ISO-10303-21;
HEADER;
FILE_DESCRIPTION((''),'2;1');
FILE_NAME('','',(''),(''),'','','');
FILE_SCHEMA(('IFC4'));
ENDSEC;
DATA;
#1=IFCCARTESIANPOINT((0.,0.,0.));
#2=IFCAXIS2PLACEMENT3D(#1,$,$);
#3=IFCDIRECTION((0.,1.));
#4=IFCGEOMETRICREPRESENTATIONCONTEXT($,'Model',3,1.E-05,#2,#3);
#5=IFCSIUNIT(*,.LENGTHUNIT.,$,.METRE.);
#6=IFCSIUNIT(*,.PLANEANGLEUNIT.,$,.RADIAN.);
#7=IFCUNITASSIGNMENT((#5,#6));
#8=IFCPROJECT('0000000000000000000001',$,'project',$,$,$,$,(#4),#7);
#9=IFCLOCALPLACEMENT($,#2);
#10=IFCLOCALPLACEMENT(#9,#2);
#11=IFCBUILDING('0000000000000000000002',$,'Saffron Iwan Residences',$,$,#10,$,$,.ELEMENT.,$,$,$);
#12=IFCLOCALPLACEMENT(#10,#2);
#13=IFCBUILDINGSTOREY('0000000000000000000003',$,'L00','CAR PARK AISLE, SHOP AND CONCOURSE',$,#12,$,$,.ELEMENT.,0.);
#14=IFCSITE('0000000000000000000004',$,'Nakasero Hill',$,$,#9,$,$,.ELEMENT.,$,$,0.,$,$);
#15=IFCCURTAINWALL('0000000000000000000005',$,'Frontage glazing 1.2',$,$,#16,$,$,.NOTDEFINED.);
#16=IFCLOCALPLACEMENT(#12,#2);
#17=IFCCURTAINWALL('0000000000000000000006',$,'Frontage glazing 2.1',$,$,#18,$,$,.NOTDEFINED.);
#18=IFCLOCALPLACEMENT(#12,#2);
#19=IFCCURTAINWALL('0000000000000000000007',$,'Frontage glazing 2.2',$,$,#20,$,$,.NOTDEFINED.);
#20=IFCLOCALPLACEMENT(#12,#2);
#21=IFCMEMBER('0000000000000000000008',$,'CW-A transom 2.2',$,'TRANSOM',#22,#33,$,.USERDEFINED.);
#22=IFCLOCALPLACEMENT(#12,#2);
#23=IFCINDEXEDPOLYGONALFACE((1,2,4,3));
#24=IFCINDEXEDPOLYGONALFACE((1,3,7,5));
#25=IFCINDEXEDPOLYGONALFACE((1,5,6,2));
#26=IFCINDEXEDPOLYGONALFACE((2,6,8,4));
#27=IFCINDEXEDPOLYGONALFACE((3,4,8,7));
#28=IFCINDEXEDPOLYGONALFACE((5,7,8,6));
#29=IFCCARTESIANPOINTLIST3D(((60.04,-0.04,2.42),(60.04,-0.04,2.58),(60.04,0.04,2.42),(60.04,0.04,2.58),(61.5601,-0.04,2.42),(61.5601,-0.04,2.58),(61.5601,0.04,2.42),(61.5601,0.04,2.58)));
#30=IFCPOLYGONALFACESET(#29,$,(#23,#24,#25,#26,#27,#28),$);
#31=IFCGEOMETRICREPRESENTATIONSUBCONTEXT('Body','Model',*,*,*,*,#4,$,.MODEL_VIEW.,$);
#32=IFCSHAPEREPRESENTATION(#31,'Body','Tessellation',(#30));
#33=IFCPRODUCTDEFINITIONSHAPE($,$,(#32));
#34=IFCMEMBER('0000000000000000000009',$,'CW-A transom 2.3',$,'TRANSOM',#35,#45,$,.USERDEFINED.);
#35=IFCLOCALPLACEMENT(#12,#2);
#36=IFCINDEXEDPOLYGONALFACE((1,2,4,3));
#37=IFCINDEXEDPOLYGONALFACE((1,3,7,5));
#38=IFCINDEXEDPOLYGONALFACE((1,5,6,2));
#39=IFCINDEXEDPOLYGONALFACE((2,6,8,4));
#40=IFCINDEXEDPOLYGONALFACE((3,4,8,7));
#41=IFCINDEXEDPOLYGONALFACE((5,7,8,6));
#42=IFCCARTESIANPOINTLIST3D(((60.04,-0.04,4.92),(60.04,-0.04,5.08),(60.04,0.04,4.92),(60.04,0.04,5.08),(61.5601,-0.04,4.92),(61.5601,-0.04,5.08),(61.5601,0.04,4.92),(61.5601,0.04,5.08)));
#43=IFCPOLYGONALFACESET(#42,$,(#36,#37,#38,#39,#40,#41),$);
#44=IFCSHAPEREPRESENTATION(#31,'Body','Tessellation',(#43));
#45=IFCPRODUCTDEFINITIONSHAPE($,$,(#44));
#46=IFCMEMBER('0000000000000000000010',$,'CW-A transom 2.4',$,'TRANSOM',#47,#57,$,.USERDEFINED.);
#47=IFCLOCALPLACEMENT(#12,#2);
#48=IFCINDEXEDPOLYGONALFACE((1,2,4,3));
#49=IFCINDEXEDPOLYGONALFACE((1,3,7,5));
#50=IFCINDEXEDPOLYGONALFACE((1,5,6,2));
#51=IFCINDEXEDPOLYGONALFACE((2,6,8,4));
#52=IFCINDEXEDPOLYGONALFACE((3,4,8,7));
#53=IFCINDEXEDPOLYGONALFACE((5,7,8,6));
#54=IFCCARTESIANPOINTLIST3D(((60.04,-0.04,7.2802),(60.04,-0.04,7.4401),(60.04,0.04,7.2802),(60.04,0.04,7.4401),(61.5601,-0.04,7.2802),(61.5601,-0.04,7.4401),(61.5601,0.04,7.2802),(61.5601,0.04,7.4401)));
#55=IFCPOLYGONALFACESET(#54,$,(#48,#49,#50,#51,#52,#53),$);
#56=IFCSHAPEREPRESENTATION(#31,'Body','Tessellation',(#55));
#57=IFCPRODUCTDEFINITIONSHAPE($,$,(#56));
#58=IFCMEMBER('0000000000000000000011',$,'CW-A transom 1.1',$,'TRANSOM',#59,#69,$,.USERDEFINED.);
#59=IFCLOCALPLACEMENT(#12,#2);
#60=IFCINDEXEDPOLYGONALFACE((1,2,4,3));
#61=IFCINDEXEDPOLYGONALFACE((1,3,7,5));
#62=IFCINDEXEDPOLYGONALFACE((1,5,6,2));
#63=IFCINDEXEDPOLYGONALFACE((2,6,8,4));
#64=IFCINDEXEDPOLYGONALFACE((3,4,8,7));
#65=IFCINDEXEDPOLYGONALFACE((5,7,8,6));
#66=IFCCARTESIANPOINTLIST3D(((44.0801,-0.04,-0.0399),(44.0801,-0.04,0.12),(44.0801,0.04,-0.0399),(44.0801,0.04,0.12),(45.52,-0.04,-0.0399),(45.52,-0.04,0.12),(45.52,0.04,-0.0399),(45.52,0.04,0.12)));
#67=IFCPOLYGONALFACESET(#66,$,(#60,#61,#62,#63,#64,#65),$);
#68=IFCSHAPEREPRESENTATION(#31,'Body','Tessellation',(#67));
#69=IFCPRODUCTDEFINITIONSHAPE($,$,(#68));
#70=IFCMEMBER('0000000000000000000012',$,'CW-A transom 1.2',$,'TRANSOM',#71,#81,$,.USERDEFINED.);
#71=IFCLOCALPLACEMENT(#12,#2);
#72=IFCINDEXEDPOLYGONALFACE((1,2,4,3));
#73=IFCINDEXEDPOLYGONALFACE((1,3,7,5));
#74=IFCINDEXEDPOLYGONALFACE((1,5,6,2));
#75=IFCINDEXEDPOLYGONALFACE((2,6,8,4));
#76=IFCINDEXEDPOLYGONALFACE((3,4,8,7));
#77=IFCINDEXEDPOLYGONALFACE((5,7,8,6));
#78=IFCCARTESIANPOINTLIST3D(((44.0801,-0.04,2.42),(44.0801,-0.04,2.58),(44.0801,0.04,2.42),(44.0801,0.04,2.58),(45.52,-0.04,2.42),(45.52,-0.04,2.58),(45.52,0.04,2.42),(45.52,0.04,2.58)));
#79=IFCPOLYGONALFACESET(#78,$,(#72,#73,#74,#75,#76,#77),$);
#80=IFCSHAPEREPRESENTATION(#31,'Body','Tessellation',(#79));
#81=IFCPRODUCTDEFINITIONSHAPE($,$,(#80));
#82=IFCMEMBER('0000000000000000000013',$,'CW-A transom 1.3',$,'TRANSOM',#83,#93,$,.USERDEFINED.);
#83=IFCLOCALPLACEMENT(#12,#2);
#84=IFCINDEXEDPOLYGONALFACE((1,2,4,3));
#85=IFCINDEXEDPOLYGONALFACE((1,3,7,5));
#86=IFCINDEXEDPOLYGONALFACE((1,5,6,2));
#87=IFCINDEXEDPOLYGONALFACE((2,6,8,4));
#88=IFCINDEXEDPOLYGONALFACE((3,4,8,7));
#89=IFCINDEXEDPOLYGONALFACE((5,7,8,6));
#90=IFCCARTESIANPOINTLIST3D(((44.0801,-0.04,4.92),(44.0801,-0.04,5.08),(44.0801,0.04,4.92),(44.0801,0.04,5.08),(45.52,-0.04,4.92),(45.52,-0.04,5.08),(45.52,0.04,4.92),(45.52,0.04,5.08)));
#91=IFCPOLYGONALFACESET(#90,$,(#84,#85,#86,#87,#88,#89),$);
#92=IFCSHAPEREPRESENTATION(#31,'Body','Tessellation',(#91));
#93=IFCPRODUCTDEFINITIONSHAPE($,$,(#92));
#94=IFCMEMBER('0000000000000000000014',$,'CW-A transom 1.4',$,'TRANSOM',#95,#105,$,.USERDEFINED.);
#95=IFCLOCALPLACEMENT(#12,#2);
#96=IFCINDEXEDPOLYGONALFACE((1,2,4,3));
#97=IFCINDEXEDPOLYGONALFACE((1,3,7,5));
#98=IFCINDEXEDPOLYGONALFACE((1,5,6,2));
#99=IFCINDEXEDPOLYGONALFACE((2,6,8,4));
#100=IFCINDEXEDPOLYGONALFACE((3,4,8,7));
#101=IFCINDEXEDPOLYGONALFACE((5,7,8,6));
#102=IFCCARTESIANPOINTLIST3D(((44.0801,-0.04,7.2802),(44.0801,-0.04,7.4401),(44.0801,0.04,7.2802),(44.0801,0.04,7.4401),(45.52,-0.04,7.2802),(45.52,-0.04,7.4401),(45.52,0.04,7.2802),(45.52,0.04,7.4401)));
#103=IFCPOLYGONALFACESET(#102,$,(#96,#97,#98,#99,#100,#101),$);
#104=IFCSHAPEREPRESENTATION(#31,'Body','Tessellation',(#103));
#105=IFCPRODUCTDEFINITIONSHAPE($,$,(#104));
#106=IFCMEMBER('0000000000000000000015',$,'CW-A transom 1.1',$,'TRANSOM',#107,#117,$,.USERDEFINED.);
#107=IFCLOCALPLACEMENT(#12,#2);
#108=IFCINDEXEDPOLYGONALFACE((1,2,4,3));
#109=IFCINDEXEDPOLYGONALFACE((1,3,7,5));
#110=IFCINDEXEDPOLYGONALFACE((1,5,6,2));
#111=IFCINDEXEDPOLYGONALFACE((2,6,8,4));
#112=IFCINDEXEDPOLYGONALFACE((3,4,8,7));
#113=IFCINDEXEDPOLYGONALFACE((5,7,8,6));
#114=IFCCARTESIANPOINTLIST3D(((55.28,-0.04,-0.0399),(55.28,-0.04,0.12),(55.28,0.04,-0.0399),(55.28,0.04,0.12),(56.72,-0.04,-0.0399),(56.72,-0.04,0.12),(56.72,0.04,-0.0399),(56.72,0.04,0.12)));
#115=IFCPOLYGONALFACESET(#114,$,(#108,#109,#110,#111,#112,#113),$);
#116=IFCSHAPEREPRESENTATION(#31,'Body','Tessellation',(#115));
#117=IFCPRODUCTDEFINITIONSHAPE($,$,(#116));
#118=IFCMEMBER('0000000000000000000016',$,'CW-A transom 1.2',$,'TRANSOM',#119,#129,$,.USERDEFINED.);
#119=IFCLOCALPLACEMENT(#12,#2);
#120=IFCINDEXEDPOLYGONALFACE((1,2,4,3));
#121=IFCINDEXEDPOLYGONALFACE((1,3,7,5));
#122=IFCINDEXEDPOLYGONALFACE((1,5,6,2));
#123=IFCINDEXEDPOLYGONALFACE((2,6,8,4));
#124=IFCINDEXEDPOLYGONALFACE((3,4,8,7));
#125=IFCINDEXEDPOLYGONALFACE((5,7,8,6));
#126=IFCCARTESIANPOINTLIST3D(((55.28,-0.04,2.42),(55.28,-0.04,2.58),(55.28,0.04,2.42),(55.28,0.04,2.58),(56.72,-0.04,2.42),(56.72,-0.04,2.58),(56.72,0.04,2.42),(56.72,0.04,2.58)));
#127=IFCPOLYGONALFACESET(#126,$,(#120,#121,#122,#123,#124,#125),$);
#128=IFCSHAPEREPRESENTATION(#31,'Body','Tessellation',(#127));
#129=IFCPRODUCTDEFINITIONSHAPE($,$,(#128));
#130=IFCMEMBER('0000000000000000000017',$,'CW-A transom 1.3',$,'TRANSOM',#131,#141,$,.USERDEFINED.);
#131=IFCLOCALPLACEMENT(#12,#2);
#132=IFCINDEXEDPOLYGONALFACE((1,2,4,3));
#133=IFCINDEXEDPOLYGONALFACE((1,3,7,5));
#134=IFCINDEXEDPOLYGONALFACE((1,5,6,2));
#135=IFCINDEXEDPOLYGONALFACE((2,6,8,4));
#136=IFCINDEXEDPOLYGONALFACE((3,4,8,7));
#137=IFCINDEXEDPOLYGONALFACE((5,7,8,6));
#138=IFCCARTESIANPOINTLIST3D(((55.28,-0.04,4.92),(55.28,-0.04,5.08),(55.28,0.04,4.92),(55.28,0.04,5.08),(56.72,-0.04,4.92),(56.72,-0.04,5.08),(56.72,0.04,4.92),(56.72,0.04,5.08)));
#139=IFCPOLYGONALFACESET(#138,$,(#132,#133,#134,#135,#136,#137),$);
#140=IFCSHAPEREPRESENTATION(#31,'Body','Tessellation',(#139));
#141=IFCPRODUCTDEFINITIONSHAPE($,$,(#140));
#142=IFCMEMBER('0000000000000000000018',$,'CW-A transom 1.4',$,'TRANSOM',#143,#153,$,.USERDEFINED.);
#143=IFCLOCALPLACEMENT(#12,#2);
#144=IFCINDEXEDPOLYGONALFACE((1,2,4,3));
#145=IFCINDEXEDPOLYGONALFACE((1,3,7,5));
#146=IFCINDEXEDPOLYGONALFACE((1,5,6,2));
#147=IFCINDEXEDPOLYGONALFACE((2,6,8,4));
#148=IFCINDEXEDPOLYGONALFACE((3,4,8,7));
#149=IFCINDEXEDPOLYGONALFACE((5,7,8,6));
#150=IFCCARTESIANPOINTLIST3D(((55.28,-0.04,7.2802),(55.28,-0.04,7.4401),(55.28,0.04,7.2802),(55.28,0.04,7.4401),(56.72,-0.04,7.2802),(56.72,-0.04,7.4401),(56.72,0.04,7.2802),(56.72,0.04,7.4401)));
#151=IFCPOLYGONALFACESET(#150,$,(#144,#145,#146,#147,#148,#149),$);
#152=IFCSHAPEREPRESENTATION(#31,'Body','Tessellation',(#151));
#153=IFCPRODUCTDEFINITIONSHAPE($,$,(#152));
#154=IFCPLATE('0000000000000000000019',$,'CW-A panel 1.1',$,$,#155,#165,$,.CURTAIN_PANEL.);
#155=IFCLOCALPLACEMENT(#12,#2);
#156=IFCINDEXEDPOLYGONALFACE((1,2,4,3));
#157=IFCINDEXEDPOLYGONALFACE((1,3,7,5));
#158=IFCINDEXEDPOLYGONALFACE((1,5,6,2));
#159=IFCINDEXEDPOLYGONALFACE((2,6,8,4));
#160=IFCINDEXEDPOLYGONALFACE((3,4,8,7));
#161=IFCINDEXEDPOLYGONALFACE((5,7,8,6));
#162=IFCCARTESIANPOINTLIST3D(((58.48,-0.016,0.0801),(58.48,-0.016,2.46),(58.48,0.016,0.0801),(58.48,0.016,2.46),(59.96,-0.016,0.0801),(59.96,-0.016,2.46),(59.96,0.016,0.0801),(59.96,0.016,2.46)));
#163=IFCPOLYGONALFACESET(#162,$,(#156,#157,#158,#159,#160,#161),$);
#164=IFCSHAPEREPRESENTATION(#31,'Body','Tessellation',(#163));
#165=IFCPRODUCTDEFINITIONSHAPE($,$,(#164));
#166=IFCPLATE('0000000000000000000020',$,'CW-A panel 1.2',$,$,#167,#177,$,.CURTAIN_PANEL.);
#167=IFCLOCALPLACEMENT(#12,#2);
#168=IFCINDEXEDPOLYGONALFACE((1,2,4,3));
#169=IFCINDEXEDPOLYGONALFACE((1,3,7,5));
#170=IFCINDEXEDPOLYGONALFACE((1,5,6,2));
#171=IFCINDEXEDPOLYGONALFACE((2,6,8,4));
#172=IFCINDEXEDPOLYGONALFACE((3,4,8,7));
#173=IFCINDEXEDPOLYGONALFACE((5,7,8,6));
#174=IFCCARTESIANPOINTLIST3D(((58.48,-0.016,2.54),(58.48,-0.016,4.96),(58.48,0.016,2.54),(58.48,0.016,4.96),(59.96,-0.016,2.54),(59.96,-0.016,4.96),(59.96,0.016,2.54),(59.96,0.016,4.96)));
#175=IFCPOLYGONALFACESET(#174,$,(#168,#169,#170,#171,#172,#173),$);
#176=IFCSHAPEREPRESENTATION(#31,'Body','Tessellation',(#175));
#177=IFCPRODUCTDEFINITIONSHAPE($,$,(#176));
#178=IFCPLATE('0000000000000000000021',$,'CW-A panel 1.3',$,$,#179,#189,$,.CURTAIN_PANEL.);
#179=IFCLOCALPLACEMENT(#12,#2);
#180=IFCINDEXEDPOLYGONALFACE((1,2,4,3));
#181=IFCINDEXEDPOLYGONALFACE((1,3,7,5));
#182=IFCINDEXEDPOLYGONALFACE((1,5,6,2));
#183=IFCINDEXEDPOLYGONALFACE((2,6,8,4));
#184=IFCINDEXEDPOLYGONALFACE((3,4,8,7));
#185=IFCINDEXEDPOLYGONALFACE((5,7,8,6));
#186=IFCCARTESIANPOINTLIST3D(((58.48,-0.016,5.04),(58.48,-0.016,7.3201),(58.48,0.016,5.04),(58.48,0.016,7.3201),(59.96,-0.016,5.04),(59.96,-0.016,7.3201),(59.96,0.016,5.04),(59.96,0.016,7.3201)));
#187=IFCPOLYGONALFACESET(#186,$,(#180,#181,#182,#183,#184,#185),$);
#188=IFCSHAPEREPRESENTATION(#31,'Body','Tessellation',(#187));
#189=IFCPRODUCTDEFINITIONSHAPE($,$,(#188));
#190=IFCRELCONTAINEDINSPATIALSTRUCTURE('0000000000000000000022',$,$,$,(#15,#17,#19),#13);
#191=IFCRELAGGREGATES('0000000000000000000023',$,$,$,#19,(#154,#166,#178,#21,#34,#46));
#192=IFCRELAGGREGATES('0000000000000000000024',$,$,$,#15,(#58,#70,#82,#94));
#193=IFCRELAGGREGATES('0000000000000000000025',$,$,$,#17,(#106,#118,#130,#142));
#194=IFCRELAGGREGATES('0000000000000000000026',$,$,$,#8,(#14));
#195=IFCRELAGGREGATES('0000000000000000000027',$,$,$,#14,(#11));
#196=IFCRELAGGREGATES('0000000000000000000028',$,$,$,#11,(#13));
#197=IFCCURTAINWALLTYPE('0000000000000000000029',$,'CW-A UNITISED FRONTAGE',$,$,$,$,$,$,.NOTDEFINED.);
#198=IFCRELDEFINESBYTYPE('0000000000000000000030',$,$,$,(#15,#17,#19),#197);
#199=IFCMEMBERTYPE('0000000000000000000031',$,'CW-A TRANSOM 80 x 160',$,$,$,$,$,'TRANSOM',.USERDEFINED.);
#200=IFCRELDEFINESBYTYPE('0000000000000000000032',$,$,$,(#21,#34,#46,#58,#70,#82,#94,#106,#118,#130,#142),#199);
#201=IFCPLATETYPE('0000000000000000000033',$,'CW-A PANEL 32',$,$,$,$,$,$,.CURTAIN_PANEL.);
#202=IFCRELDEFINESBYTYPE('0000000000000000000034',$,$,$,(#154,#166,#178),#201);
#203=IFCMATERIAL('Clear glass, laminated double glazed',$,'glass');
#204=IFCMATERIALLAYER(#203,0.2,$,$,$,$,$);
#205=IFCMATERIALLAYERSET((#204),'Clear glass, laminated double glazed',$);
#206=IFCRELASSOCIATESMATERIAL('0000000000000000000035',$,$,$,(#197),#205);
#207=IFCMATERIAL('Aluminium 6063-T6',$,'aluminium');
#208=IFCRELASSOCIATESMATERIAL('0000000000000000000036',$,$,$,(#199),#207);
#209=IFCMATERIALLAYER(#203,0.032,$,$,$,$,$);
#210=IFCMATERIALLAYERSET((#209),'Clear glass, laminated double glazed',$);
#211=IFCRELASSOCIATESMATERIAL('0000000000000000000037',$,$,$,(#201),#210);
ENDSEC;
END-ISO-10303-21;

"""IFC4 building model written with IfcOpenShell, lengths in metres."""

from ifc_helpers import new_model, si_unit, direction, frame, origin, origin_2d, place, context, subcontext, project, spatial, rectangle, extrude, source, transform, mapped, material, layer, layer_set, material_profile, profile_set, type_object, element, aggregate, save


model = new_model("IFC4")

# Units and contexts
model_context = context("Model", 3, precision=1e-05, world=origin(), true_north=direction((0.0, 1.0)))
body_context = subcontext(model_context, "Body", "Model", "MODEL_VIEW")
ifc_project = project(units=[si_unit("LENGTHUNIT", "METRE"), si_unit("PLANEANGLEUNIT", "RADIAN")], contexts=[model_context])

# Site, building, storey
site_placement = place(None, origin())
site = spatial("IfcSite", under=ifc_project, at=site_placement, Name="Nakasero Hill", CompositionType="ELEMENT", RefElevation=0.0)
building_placement = place(site_placement, origin())
building = spatial("IfcBuilding", under=site, at=building_placement, Name="Saffron Iwan Residences", CompositionType="ELEMENT")
storey_placement = place(building_placement, origin())
storey = spatial("IfcBuildingStorey", under=building, at=storey_placement, Name="L00", Description="CAR PARK AISLE, SHOP AND CONCOURSE", CompositionType="ELEMENT", Elevation=0.0)

# Curtain wall
ifc_material_1 = material(Name="Clear glass, laminated double glazed", Category="glass")
ifc_layer_1 = layer(ifc_material_1, 0.2)
ifc_layer_set_1 = layer_set([ifc_layer_1], Name="Clear glass, laminated double glazed")
curtain_wall_type = type_object("IfcCurtainWallType", Name="CW-A UNITISED FRONTAGE", PredefinedType="NOTDEFINED", material=ifc_layer_set_1)
curtain_wall_1_placement = place(storey_placement, origin())
curtain_wall_1 = element("IfcCurtainWall", 1, at=curtain_wall_1_placement, inside=storey, type_object=curtain_wall_type, Name="Frontage glazing 1.2", PredefinedType="NOTDEFINED")
ifc_material_2 = material(Name="Aluminium 6063-T6", Category="aluminium")

# Curtain walls, members
curtain_wall_2_placement = place(storey_placement, origin())
curtain_wall_2 = element("IfcCurtainWall", 2, at=curtain_wall_2_placement, inside=storey, type_object=curtain_wall_type, Name="Frontage glazing 2.1", PredefinedType="NOTDEFINED")
curtain_wall_3_placement = place(storey_placement, origin())
curtain_wall_3 = element("IfcCurtainWall", 3, at=curtain_wall_3_placement, inside=storey, type_object=curtain_wall_type, Name="Frontage glazing 2.2", PredefinedType="NOTDEFINED")
ifc_material_profile_1 = material_profile(ifc_material_2, rectangle(XDim=0.0801, YDim=0.1599, at=origin_2d()), Name="CW-A TRANSOM 80 x 160")
ifc_profile_set_1 = profile_set([ifc_material_profile_1], Name="Aluminium 6063-T6")
member_type_1 = type_object("IfcMemberType", Name="CW-A TRANSOM 80 x 160", ElementType="TRANSOM", PredefinedType="USERDEFINED", material=ifc_profile_set_1)
shared_shape_1 = source(origin(), body_context, "Body", "SweptSolid", [
    extrude(rectangle(XDim=0.0801, YDim=0.1599, at=origin_2d()), origin(), (0.0, 0.0, 1.0), 1.52),
])
member_1_placement = place(storey_placement, frame((60.04, 0.0, 2.5), z_axis=(1.0, 0.0, 0.0), x_axis=(0.0, 1.0, 0.0)))
member_1 = element("IfcMember", 4, at=member_1_placement, type_object=member_type_1, Name="CW-A transom 2.2", ObjectType="TRANSOM", PredefinedType="USERDEFINED", context=body_context, shape_type="MappedRepresentation", body=[
    mapped(shared_shape_1, transform((0.0, 0.0, 0.0))),
])
member_2_placement = place(storey_placement, frame((60.04, 0.0, 5.0), z_axis=(1.0, 0.0, 0.0), x_axis=(0.0, 1.0, 0.0)))
member_2 = element("IfcMember", 5, at=member_2_placement, type_object=member_type_1, Name="CW-A transom 2.3", ObjectType="TRANSOM", PredefinedType="USERDEFINED", context=body_context, shape_type="MappedRepresentation", body=[
    mapped(shared_shape_1, transform((0.0, 0.0, 0.0))),
])
member_3_placement = place(storey_placement, frame((60.04, 0.0, 7.3601), z_axis=(1.0, 0.0, 0.0), x_axis=(0.0, 1.0, 0.0)))
member_3 = element("IfcMember", 6, at=member_3_placement, type_object=member_type_1, Name="CW-A transom 2.4", ObjectType="TRANSOM", PredefinedType="USERDEFINED", context=body_context, shape_type="MappedRepresentation", body=[
    mapped(shared_shape_1, transform((0.0, 0.0, 0.0))),
])

# Members
shared_shape_2 = source(origin(), body_context, "Body", "SweptSolid", [
    extrude(rectangle(XDim=0.0801, YDim=0.1599, at=origin_2d()), origin(), (0.0, 0.0, 1.0), 1.4399),
])
member_4_placement = place(storey_placement, frame((44.0801, 0.0, 0.04), z_axis=(1.0, 0.0, 0.0), x_axis=(0.0, 1.0, 0.0)))
member_4 = element("IfcMember", 7, at=member_4_placement, type_object=member_type_1, Name="CW-A transom 1.1", ObjectType="TRANSOM", PredefinedType="USERDEFINED", context=body_context, shape_type="MappedRepresentation", body=[
    mapped(shared_shape_2, transform((0.0, 0.0, 0.0))),
])
member_5_placement = place(storey_placement, frame((44.0801, 0.0, 2.5), z_axis=(1.0, 0.0, 0.0), x_axis=(0.0, 1.0, 0.0)))
member_5 = element("IfcMember", 8, at=member_5_placement, type_object=member_type_1, Name="CW-A transom 1.2", ObjectType="TRANSOM", PredefinedType="USERDEFINED", context=body_context, shape_type="MappedRepresentation", body=[
    mapped(shared_shape_2, transform((0.0, 0.0, 0.0))),
])
member_6_placement = place(storey_placement, frame((44.0801, 0.0, 5.0), z_axis=(1.0, 0.0, 0.0), x_axis=(0.0, 1.0, 0.0)))
member_6 = element("IfcMember", 9, at=member_6_placement, type_object=member_type_1, Name="CW-A transom 1.3", ObjectType="TRANSOM", PredefinedType="USERDEFINED", context=body_context, shape_type="MappedRepresentation", body=[
    mapped(shared_shape_2, transform((0.0, 0.0, 0.0))),
])
member_7_placement = place(storey_placement, frame((44.0801, 0.0, 7.3601), z_axis=(1.0, 0.0, 0.0), x_axis=(0.0, 1.0, 0.0)))
member_7 = element("IfcMember", 10, at=member_7_placement, type_object=member_type_1, Name="CW-A transom 1.4", ObjectType="TRANSOM", PredefinedType="USERDEFINED", context=body_context, shape_type="MappedRepresentation", body=[
    mapped(shared_shape_2, transform((0.0, 0.0, 0.0))),
])
member_8_placement = place(storey_placement, frame((55.28, 0.0, 0.04), z_axis=(1.0, 0.0, 0.0), x_axis=(0.0, 1.0, 0.0)))
member_8 = element("IfcMember", 11, at=member_8_placement, type_object=member_type_1, Name="CW-A transom 1.1", ObjectType="TRANSOM", PredefinedType="USERDEFINED", context=body_context, shape_type="MappedRepresentation", body=[
    mapped(shared_shape_2, transform((0.0, 0.0, 0.0))),
])
member_9_placement = place(storey_placement, frame((55.28, 0.0, 2.5), z_axis=(1.0, 0.0, 0.0), x_axis=(0.0, 1.0, 0.0)))
member_9 = element("IfcMember", 12, at=member_9_placement, type_object=member_type_1, Name="CW-A transom 1.2", ObjectType="TRANSOM", PredefinedType="USERDEFINED", context=body_context, shape_type="MappedRepresentation", body=[
    mapped(shared_shape_2, transform((0.0, 0.0, 0.0))),
])
member_10_placement = place(storey_placement, frame((55.28, 0.0, 5.0), z_axis=(1.0, 0.0, 0.0), x_axis=(0.0, 1.0, 0.0)))
member_10 = element("IfcMember", 13, at=member_10_placement, type_object=member_type_1, Name="CW-A transom 1.3", ObjectType="TRANSOM", PredefinedType="USERDEFINED", context=body_context, shape_type="MappedRepresentation", body=[
    mapped(shared_shape_2, transform((0.0, 0.0, 0.0))),
])
member_11_placement = place(storey_placement, frame((55.28, 0.0, 7.3601), z_axis=(1.0, 0.0, 0.0), x_axis=(0.0, 1.0, 0.0)))
member_11 = element("IfcMember", 14, at=member_11_placement, type_object=member_type_1, Name="CW-A transom 1.4", ObjectType="TRANSOM", PredefinedType="USERDEFINED", context=body_context, shape_type="MappedRepresentation", body=[
    mapped(shared_shape_2, transform((0.0, 0.0, 0.0))),
])

# Plates
ifc_layer_2 = layer(ifc_material_1, 0.032)
ifc_layer_set_2 = layer_set([ifc_layer_2], Name="Clear glass, laminated double glazed")
plate_type = type_object("IfcPlateType", Name="CW-A PANEL 32", PredefinedType="CURTAIN_PANEL", material=ifc_layer_set_2)
shared_shape_3 = source(origin(), body_context, "Body", "SweptSolid", [
    extrude(rectangle(XDim=1.48, YDim=0.032, at=origin_2d()), origin(), (0.0, 0.0, 1.0), 2.3799),
])
plate_1_placement = place(storey_placement, frame((59.22, 0.0, 0.0801), z_axis=(0.0, 0.0, 1.0), x_axis=(1.0, 0.0, 0.0)))
plate_1 = element("IfcPlate", 15, at=plate_1_placement, type_object=plate_type, Name="CW-A panel 1.1", PredefinedType="CURTAIN_PANEL", context=body_context, shape_type="MappedRepresentation", body=[
    mapped(shared_shape_3, transform((0.0, 0.0, 0.0))),
])
shared_shape_4 = source(origin(), body_context, "Body", "SweptSolid", [
    extrude(rectangle(XDim=1.48, YDim=0.032, at=origin_2d()), origin(), (0.0, 0.0, 1.0), 2.4199),
])
plate_2_placement = place(storey_placement, frame((59.22, 0.0, 2.54), z_axis=(0.0, 0.0, 1.0), x_axis=(1.0, 0.0, 0.0)))
plate_2 = element("IfcPlate", 16, at=plate_2_placement, type_object=plate_type, Name="CW-A panel 1.2", PredefinedType="CURTAIN_PANEL", context=body_context, shape_type="MappedRepresentation", body=[
    mapped(shared_shape_4, transform((0.0, 0.0, 0.0))),
])
shared_shape_5 = source(origin(), body_context, "Body", "SweptSolid", [
    extrude(rectangle(XDim=1.48, YDim=0.032, at=origin_2d()), origin(), (0.0, 0.0, 1.0), 2.28),
])
plate_3_placement = place(storey_placement, frame((59.22, 0.0, 5.04), z_axis=(0.0, 0.0, 1.0), x_axis=(1.0, 0.0, 0.0)))
plate_3 = element("IfcPlate", 17, at=plate_3_placement, type_object=plate_type, Name="CW-A panel 1.3", PredefinedType="CURTAIN_PANEL", context=body_context, shape_type="MappedRepresentation", body=[
    mapped(shared_shape_5, transform((0.0, 0.0, 0.0))),
])
aggregate(curtain_wall_3, [plate_1, plate_2, plate_3, member_1, member_2, member_3])
aggregate(curtain_wall_1, [member_4, member_5, member_6, member_7])
aggregate(curtain_wall_2, [member_8, member_9, member_10, member_11])

save(model, "model.ifc")
